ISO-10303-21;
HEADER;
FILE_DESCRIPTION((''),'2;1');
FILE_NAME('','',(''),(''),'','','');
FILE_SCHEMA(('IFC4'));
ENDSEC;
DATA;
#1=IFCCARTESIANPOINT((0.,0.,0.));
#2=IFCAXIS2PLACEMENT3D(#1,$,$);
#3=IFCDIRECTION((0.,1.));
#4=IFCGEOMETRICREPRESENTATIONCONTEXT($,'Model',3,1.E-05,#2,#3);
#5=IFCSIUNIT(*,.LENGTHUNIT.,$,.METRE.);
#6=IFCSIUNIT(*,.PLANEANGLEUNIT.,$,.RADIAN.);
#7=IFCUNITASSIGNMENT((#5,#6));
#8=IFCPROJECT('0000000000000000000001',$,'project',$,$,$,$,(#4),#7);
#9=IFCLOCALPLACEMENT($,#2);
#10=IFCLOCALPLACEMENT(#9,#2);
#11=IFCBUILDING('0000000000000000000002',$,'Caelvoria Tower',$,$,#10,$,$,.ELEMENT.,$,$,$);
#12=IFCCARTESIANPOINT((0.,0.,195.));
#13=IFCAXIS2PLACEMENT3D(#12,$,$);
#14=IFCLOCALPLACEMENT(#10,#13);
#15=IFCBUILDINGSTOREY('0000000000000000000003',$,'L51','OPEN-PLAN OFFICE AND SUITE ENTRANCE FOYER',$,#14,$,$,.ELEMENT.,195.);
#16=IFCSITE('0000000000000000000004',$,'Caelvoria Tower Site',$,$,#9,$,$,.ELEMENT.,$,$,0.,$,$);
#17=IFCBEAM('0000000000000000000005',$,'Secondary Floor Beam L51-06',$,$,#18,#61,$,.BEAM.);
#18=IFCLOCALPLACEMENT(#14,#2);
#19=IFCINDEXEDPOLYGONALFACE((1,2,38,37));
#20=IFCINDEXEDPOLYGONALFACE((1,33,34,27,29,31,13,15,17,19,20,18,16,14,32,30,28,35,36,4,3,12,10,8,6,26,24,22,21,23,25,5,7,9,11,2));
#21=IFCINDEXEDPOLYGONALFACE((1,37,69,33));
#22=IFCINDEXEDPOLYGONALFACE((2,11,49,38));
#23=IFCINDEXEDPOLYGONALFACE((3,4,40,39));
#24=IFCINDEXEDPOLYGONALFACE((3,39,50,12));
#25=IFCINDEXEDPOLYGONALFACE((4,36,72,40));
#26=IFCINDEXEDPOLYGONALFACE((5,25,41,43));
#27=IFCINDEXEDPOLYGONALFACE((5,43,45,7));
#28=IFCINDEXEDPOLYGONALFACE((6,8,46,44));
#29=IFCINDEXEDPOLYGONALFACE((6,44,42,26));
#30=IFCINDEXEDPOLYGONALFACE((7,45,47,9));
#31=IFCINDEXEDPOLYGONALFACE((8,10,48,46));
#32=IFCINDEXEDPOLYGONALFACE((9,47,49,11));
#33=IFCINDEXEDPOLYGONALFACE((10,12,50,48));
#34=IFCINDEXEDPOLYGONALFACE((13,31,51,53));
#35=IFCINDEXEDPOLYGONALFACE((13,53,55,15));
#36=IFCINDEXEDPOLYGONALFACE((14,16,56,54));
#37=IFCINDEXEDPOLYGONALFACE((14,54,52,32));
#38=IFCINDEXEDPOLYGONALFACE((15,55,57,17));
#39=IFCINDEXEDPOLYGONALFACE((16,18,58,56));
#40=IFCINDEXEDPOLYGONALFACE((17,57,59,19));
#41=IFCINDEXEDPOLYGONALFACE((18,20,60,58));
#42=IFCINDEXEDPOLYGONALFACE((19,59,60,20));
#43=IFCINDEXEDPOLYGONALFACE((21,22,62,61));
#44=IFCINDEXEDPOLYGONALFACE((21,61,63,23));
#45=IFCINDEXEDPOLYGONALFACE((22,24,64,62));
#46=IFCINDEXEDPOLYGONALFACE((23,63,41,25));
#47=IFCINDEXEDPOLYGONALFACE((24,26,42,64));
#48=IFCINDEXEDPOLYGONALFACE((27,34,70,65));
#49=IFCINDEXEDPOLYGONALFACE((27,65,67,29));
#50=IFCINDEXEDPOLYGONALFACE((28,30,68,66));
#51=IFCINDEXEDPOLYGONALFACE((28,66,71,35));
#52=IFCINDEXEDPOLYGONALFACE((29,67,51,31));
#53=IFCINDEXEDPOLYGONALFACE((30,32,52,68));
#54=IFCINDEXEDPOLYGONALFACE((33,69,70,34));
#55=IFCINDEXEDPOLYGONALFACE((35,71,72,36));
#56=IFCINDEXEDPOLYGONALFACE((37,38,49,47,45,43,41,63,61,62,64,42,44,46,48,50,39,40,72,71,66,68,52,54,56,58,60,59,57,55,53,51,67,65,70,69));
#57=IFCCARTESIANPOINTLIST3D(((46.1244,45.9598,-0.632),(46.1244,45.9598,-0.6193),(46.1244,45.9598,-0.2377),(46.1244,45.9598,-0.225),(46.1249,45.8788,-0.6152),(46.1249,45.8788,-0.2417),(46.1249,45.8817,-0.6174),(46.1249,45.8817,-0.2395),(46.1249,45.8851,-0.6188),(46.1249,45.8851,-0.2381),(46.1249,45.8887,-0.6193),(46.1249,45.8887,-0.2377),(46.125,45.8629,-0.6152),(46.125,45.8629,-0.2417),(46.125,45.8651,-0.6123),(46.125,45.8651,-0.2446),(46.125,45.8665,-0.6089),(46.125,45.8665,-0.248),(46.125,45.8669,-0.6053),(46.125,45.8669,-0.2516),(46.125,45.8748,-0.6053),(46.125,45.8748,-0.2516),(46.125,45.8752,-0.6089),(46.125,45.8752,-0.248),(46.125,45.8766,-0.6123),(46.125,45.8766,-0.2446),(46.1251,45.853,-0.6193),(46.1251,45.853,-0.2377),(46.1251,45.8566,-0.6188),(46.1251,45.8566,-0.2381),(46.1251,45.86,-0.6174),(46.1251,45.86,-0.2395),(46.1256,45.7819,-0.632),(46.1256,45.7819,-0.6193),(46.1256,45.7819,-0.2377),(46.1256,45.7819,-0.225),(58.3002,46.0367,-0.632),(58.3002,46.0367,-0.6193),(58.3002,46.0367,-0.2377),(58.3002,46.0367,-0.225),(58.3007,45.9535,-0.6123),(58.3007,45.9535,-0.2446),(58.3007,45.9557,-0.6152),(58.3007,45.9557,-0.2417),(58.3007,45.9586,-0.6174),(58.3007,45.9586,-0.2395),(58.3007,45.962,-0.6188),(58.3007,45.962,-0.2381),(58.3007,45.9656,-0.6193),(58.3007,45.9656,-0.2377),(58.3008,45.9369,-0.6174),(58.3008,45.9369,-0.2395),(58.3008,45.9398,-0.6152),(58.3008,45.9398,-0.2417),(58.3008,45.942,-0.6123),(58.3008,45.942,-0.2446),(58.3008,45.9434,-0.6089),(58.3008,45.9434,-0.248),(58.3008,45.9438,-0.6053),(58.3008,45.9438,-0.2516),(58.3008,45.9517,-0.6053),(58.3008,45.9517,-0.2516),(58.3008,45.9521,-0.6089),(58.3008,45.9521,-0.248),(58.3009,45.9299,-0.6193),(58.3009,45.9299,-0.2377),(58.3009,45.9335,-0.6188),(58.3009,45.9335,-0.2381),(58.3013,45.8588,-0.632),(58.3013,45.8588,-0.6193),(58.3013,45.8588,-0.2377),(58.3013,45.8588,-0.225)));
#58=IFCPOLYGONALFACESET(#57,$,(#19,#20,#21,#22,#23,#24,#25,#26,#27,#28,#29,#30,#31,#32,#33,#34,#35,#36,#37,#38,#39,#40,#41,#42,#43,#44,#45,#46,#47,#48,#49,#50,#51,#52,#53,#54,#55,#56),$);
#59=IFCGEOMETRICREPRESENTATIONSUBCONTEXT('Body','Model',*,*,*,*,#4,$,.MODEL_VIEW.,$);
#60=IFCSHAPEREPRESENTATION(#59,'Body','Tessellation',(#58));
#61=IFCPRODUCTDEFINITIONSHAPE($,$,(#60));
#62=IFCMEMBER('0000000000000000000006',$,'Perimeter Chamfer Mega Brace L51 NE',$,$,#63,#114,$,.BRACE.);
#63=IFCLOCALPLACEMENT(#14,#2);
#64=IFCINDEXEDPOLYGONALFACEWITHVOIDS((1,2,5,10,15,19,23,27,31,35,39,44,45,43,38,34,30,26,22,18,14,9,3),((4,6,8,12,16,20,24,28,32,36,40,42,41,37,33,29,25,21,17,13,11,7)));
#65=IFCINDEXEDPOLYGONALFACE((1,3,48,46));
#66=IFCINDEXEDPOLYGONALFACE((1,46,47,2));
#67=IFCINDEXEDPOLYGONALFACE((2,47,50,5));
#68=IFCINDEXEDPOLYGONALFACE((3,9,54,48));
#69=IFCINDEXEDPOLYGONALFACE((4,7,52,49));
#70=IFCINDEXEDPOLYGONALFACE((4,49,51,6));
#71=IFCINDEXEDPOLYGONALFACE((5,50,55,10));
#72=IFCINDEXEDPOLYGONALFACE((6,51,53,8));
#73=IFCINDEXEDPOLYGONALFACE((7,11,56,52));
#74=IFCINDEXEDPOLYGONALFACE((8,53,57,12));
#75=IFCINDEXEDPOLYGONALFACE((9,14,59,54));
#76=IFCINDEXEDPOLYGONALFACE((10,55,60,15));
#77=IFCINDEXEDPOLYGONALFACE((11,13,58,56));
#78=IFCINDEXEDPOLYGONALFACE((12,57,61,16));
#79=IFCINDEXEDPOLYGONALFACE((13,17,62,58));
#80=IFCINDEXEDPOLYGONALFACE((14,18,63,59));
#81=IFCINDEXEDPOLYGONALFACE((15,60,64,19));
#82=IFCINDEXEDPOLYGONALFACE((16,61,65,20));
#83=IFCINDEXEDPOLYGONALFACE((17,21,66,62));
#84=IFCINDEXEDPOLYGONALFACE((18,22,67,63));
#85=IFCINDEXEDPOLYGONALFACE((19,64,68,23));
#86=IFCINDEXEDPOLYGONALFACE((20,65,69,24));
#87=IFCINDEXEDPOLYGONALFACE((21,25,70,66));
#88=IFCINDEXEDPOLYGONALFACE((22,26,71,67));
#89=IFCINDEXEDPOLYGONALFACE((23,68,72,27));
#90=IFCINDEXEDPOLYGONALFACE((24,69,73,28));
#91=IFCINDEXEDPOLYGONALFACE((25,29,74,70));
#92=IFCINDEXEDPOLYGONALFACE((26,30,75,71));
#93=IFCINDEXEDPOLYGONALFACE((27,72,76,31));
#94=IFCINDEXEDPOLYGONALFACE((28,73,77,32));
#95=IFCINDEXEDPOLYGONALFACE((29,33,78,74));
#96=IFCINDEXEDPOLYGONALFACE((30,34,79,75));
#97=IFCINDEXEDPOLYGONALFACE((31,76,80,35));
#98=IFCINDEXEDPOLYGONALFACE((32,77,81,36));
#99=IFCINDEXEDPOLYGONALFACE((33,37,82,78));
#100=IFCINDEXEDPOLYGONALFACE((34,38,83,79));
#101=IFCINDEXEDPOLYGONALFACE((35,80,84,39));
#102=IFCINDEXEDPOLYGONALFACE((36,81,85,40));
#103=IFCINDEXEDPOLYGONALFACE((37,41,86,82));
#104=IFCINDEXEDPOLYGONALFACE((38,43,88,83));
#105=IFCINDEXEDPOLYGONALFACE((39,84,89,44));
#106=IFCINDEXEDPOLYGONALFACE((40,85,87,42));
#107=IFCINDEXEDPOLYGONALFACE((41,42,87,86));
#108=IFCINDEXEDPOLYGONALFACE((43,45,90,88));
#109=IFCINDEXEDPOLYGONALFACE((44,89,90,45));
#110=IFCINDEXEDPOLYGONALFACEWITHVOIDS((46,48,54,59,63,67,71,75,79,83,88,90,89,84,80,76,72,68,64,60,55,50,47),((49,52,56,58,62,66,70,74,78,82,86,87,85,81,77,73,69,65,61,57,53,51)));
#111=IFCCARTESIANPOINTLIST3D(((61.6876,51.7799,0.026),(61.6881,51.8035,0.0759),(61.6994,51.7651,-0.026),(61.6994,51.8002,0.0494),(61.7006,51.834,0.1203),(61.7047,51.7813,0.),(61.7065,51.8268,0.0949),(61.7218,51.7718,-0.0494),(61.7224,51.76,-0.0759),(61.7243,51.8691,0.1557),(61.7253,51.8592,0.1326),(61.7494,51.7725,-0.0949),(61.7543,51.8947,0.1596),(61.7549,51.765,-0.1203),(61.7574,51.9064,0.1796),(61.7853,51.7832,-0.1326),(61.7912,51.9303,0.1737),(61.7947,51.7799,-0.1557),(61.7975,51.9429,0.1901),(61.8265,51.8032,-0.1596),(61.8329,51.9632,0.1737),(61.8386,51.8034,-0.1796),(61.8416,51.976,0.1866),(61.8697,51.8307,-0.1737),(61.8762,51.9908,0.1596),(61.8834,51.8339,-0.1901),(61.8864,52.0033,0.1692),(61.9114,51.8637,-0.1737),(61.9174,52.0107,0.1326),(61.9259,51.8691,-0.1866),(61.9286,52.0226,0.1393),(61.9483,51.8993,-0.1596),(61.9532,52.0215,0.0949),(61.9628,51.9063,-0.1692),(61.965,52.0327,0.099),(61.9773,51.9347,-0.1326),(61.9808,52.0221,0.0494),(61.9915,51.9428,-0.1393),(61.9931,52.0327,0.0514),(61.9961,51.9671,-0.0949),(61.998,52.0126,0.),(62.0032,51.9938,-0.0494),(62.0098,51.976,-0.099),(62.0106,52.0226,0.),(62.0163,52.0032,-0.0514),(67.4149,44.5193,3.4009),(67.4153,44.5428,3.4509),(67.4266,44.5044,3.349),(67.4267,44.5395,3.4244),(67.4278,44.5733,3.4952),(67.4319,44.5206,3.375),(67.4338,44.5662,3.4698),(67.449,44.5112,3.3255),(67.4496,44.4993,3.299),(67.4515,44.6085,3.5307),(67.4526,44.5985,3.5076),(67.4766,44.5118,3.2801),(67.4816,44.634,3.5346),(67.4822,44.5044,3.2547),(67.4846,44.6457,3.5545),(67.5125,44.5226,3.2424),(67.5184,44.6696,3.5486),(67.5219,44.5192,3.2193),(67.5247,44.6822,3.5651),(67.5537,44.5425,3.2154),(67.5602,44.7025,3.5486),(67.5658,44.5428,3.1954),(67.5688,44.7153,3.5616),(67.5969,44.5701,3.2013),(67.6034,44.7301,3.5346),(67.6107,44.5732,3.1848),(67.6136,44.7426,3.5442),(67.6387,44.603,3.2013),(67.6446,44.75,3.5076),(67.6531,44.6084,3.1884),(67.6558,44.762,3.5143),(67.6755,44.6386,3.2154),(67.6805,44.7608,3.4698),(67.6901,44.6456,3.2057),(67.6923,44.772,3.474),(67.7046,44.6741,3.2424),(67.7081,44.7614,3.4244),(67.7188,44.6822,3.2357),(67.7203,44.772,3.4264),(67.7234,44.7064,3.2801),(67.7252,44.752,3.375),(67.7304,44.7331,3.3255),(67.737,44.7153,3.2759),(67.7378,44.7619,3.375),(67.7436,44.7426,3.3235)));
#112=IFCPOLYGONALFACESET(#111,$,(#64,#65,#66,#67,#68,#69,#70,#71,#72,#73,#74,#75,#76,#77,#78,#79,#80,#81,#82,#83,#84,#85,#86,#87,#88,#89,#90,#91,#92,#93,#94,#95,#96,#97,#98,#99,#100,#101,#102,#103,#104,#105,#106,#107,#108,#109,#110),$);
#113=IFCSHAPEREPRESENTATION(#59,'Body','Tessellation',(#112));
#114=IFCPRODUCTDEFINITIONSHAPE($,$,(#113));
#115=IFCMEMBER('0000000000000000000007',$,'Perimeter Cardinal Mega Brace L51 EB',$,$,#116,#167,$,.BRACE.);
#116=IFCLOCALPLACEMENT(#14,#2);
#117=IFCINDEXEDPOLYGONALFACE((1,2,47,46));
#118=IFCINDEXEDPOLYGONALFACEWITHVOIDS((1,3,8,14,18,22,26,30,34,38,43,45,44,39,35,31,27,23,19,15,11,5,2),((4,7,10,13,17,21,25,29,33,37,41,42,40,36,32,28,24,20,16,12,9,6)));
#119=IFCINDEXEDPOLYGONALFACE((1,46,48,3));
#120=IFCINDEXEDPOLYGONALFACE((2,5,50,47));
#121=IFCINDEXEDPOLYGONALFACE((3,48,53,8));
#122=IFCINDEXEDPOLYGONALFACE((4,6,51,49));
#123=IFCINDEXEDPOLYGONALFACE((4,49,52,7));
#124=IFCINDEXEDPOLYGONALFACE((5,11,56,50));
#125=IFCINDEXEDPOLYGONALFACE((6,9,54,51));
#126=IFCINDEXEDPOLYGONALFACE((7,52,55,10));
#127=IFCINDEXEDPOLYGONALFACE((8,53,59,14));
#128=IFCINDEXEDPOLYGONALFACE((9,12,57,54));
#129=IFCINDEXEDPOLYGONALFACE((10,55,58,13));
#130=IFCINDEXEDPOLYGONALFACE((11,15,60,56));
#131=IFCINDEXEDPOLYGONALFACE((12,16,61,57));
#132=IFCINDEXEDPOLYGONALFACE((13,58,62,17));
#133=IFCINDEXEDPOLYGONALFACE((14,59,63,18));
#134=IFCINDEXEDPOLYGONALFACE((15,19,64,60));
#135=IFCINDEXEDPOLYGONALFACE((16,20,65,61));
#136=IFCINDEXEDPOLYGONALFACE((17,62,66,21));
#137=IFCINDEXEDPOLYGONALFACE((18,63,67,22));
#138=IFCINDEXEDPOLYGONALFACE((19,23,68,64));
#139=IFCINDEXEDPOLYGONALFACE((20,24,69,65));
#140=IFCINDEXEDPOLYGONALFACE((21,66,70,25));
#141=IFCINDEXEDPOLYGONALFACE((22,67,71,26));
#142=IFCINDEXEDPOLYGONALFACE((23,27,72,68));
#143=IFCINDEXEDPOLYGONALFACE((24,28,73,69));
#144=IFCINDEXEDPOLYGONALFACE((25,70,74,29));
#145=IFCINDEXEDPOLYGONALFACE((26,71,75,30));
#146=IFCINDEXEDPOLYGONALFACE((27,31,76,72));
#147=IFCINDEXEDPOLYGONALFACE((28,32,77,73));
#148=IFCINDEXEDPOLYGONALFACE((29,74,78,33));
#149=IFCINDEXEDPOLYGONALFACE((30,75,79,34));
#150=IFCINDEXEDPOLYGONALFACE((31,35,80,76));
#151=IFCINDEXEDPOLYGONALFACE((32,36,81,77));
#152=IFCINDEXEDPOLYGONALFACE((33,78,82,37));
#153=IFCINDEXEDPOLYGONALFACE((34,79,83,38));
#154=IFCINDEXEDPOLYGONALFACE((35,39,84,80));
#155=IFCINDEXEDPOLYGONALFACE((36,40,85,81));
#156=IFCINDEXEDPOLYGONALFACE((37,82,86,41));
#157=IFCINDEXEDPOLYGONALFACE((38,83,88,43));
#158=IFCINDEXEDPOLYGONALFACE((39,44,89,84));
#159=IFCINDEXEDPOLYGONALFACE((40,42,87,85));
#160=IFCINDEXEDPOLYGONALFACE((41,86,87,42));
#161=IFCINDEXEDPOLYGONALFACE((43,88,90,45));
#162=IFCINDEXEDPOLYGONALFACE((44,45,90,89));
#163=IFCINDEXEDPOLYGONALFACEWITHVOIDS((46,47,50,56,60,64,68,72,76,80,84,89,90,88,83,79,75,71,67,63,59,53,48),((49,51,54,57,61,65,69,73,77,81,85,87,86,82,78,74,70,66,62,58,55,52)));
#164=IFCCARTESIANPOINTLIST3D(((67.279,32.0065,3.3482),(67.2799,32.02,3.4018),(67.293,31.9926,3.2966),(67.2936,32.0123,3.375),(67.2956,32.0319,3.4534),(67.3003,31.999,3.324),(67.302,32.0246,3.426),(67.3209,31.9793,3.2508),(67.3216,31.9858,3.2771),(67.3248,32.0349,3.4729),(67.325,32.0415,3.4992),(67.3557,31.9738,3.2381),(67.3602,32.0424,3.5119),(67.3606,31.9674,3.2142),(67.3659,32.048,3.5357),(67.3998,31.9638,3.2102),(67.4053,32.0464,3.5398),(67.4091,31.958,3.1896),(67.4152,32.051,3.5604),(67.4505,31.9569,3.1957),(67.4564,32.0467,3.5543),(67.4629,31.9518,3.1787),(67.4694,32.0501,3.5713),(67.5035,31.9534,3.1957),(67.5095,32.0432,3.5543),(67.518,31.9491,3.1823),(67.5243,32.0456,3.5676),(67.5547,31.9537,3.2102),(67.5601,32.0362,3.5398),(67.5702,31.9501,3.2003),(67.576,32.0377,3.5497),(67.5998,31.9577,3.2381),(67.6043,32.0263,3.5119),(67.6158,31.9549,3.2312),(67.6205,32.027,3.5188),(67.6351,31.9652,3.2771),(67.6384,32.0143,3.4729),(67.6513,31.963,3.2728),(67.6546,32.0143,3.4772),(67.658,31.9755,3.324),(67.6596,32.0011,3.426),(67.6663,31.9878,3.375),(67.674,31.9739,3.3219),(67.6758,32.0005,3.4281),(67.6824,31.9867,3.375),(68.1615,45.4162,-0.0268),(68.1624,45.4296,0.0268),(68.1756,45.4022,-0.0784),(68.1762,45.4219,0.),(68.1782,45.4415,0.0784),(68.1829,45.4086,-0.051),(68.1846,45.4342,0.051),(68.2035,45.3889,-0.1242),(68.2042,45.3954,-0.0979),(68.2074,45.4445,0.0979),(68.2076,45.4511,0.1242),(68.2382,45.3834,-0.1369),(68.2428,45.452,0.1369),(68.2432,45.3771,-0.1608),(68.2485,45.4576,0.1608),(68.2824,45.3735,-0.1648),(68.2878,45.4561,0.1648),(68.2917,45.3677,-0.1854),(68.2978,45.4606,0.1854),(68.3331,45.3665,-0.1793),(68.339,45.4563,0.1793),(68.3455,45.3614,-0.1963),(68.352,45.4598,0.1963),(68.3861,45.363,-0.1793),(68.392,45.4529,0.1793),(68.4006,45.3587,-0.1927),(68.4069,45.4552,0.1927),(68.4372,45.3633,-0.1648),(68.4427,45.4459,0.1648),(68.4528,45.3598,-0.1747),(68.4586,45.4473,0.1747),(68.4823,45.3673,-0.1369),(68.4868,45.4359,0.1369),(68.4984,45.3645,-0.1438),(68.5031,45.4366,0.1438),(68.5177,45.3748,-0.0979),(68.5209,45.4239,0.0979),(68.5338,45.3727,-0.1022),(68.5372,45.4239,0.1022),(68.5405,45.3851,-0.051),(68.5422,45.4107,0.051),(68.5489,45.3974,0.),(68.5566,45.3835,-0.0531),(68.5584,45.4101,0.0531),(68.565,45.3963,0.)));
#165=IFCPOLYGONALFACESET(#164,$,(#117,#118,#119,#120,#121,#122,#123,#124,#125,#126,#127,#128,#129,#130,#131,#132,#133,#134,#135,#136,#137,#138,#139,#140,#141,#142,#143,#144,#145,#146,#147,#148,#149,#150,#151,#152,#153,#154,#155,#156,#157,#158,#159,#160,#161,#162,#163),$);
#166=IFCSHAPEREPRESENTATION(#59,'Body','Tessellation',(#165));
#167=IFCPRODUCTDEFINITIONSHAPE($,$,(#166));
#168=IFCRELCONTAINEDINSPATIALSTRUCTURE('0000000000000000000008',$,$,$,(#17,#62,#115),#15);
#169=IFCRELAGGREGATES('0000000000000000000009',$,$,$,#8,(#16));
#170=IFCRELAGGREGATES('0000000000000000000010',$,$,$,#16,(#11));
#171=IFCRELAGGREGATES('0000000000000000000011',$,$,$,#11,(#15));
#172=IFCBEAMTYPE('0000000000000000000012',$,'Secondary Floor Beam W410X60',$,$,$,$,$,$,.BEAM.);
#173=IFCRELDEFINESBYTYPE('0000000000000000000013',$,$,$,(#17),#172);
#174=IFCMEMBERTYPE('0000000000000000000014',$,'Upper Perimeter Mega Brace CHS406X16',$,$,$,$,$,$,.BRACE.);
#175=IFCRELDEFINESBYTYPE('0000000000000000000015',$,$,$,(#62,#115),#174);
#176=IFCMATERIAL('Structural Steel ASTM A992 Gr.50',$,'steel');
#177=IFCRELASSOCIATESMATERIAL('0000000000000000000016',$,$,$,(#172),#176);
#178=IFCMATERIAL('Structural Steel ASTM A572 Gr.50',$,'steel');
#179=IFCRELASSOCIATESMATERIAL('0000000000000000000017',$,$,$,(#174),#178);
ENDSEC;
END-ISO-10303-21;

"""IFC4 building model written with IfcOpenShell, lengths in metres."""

from ifc_helpers import new_model, si_unit, direction, frame, origin, origin_2d, place, context, subcontext, project, spatial, hollow_circle, i_section, extrude, material, material_profile, profile_set, type_object, element, save


model = new_model("IFC4")

# Units and contexts
model_context = context("Model", 3, precision=1e-05, world=origin(), true_north=direction((0.0, 1.0)))
body_context = subcontext(model_context, "Body", "Model", "MODEL_VIEW")
ifc_project = project(units=[si_unit("LENGTHUNIT", "METRE"), si_unit("PLANEANGLEUNIT", "RADIAN")], contexts=[model_context])

# Site, building, storey
site_placement = place(None, origin())
site = spatial("IfcSite", under=ifc_project, at=site_placement, Name="Caelvoria Tower Site", CompositionType="ELEMENT", RefElevation=0.0)
building_placement = place(site_placement, origin())
building = spatial("IfcBuilding", under=site, at=building_placement, Name="Caelvoria Tower", CompositionType="ELEMENT")
storey_placement = place(building_placement, frame((0.0, 0.0, 195.0)))
storey = spatial("IfcBuildingStorey", under=building, at=storey_placement, Name="L51", Description="OPEN-PLAN OFFICE AND SUITE ENTRANCE FOYER", CompositionType="ELEMENT", Elevation=195.0)

# Shared definitions
ifc_material_1 = material(Name="Structural Steel ASTM A572 Gr.50", Category="steel")
ifc_material_2 = material(Name="Structural Steel ASTM A992 Gr.50", Category="steel")

# Beam
ifc_material_profile_1 = material_profile(ifc_material_2, i_section(OverallWidth=0.178, OverallDepth=0.407, WebThickness=0.0078, FlangeThickness=0.0127, FilletRadius=0.0139, at=origin_2d()), Name="Structural Steel ASTM A992 Gr.50")
ifc_profile_set_1 = profile_set([ifc_material_profile_1], Name="W410X60 - Structural Steel ASTM A992 Gr.50")
beam_type_1 = type_object("IfcBeamType", Name="Secondary Floor Beam W410X60", PredefinedType="BEAM", material=ifc_profile_set_1)
beam_1_placement = place(storey_placement, frame((58.3008, 45.9478, -0.4285), z_axis=(-0.99998, -0.006316, 0.0), x_axis=(0.006316, -0.99998, 0.0)))
element("IfcBeam", 1, at=beam_1_placement, inside=storey, type_object=beam_type_1, Name="Secondary Floor Beam L51-06", PredefinedType="BEAM", context=body_context, shape_type="SweptSolid", body=[
    extrude(i_section(OverallWidth=0.178, OverallDepth=0.407, WebThickness=0.0078, FlangeThickness=0.0127, FilletRadius=0.0139, at=origin_2d()), origin(), (0.0, 0.0, 1.0), 12.176),
])

# Members
ifc_material_profile_2 = material_profile(ifc_material_1, hollow_circle(Radius=0.2029, WallThickness=0.0161, at=origin_2d()), Name="Structural Steel ASTM A572 Gr.50")
ifc_profile_set_2 = profile_set([ifc_material_profile_2], Name="CHS406X16 - Structural Steel ASTM A572 Gr.50")
member_type = type_object("IfcMemberType", Name="Upper Perimeter Mega Brace CHS406X16", PredefinedType="BRACE", material=ifc_profile_set_2)
member_1_placement = place(storey_placement, frame((61.8513, 51.897, 0.0), z_axis=(0.581786, -0.737555, 0.342837), x_axis=(0.785139, 0.61932, 0.0)))
element("IfcMember", 2, at=member_1_placement, inside=storey, type_object=member_type, Name="Perimeter Chamfer Mega Brace L51 NE", PredefinedType="BRACE", context=body_context, shape_type="SweptSolid", body=[
    extrude(hollow_circle(Radius=0.2029, WallThickness=0.0161, at=origin_2d()), origin(), (0.0, 0.0, 1.0), 9.8442),
])
member_2_placement = place(storey_placement, frame((68.3625, 45.4097, 0.0), z_axis=(-0.063696, -0.967788, 0.243577), x_axis=(0.997841, -0.065674, 0.0)))
element("IfcMember", 3, at=member_2_placement, inside=storey, type_object=member_type, Name="Perimeter Cardinal Mega Brace L51 EB", PredefinedType="BRACE", context=body_context, shape_type="SweptSolid", body=[
    extrude(hollow_circle(Radius=0.2029, WallThickness=0.0161, at=origin_2d()), origin(), (0.0, 0.0, 1.0), 13.856),
])

save(model, "model.ifc")
